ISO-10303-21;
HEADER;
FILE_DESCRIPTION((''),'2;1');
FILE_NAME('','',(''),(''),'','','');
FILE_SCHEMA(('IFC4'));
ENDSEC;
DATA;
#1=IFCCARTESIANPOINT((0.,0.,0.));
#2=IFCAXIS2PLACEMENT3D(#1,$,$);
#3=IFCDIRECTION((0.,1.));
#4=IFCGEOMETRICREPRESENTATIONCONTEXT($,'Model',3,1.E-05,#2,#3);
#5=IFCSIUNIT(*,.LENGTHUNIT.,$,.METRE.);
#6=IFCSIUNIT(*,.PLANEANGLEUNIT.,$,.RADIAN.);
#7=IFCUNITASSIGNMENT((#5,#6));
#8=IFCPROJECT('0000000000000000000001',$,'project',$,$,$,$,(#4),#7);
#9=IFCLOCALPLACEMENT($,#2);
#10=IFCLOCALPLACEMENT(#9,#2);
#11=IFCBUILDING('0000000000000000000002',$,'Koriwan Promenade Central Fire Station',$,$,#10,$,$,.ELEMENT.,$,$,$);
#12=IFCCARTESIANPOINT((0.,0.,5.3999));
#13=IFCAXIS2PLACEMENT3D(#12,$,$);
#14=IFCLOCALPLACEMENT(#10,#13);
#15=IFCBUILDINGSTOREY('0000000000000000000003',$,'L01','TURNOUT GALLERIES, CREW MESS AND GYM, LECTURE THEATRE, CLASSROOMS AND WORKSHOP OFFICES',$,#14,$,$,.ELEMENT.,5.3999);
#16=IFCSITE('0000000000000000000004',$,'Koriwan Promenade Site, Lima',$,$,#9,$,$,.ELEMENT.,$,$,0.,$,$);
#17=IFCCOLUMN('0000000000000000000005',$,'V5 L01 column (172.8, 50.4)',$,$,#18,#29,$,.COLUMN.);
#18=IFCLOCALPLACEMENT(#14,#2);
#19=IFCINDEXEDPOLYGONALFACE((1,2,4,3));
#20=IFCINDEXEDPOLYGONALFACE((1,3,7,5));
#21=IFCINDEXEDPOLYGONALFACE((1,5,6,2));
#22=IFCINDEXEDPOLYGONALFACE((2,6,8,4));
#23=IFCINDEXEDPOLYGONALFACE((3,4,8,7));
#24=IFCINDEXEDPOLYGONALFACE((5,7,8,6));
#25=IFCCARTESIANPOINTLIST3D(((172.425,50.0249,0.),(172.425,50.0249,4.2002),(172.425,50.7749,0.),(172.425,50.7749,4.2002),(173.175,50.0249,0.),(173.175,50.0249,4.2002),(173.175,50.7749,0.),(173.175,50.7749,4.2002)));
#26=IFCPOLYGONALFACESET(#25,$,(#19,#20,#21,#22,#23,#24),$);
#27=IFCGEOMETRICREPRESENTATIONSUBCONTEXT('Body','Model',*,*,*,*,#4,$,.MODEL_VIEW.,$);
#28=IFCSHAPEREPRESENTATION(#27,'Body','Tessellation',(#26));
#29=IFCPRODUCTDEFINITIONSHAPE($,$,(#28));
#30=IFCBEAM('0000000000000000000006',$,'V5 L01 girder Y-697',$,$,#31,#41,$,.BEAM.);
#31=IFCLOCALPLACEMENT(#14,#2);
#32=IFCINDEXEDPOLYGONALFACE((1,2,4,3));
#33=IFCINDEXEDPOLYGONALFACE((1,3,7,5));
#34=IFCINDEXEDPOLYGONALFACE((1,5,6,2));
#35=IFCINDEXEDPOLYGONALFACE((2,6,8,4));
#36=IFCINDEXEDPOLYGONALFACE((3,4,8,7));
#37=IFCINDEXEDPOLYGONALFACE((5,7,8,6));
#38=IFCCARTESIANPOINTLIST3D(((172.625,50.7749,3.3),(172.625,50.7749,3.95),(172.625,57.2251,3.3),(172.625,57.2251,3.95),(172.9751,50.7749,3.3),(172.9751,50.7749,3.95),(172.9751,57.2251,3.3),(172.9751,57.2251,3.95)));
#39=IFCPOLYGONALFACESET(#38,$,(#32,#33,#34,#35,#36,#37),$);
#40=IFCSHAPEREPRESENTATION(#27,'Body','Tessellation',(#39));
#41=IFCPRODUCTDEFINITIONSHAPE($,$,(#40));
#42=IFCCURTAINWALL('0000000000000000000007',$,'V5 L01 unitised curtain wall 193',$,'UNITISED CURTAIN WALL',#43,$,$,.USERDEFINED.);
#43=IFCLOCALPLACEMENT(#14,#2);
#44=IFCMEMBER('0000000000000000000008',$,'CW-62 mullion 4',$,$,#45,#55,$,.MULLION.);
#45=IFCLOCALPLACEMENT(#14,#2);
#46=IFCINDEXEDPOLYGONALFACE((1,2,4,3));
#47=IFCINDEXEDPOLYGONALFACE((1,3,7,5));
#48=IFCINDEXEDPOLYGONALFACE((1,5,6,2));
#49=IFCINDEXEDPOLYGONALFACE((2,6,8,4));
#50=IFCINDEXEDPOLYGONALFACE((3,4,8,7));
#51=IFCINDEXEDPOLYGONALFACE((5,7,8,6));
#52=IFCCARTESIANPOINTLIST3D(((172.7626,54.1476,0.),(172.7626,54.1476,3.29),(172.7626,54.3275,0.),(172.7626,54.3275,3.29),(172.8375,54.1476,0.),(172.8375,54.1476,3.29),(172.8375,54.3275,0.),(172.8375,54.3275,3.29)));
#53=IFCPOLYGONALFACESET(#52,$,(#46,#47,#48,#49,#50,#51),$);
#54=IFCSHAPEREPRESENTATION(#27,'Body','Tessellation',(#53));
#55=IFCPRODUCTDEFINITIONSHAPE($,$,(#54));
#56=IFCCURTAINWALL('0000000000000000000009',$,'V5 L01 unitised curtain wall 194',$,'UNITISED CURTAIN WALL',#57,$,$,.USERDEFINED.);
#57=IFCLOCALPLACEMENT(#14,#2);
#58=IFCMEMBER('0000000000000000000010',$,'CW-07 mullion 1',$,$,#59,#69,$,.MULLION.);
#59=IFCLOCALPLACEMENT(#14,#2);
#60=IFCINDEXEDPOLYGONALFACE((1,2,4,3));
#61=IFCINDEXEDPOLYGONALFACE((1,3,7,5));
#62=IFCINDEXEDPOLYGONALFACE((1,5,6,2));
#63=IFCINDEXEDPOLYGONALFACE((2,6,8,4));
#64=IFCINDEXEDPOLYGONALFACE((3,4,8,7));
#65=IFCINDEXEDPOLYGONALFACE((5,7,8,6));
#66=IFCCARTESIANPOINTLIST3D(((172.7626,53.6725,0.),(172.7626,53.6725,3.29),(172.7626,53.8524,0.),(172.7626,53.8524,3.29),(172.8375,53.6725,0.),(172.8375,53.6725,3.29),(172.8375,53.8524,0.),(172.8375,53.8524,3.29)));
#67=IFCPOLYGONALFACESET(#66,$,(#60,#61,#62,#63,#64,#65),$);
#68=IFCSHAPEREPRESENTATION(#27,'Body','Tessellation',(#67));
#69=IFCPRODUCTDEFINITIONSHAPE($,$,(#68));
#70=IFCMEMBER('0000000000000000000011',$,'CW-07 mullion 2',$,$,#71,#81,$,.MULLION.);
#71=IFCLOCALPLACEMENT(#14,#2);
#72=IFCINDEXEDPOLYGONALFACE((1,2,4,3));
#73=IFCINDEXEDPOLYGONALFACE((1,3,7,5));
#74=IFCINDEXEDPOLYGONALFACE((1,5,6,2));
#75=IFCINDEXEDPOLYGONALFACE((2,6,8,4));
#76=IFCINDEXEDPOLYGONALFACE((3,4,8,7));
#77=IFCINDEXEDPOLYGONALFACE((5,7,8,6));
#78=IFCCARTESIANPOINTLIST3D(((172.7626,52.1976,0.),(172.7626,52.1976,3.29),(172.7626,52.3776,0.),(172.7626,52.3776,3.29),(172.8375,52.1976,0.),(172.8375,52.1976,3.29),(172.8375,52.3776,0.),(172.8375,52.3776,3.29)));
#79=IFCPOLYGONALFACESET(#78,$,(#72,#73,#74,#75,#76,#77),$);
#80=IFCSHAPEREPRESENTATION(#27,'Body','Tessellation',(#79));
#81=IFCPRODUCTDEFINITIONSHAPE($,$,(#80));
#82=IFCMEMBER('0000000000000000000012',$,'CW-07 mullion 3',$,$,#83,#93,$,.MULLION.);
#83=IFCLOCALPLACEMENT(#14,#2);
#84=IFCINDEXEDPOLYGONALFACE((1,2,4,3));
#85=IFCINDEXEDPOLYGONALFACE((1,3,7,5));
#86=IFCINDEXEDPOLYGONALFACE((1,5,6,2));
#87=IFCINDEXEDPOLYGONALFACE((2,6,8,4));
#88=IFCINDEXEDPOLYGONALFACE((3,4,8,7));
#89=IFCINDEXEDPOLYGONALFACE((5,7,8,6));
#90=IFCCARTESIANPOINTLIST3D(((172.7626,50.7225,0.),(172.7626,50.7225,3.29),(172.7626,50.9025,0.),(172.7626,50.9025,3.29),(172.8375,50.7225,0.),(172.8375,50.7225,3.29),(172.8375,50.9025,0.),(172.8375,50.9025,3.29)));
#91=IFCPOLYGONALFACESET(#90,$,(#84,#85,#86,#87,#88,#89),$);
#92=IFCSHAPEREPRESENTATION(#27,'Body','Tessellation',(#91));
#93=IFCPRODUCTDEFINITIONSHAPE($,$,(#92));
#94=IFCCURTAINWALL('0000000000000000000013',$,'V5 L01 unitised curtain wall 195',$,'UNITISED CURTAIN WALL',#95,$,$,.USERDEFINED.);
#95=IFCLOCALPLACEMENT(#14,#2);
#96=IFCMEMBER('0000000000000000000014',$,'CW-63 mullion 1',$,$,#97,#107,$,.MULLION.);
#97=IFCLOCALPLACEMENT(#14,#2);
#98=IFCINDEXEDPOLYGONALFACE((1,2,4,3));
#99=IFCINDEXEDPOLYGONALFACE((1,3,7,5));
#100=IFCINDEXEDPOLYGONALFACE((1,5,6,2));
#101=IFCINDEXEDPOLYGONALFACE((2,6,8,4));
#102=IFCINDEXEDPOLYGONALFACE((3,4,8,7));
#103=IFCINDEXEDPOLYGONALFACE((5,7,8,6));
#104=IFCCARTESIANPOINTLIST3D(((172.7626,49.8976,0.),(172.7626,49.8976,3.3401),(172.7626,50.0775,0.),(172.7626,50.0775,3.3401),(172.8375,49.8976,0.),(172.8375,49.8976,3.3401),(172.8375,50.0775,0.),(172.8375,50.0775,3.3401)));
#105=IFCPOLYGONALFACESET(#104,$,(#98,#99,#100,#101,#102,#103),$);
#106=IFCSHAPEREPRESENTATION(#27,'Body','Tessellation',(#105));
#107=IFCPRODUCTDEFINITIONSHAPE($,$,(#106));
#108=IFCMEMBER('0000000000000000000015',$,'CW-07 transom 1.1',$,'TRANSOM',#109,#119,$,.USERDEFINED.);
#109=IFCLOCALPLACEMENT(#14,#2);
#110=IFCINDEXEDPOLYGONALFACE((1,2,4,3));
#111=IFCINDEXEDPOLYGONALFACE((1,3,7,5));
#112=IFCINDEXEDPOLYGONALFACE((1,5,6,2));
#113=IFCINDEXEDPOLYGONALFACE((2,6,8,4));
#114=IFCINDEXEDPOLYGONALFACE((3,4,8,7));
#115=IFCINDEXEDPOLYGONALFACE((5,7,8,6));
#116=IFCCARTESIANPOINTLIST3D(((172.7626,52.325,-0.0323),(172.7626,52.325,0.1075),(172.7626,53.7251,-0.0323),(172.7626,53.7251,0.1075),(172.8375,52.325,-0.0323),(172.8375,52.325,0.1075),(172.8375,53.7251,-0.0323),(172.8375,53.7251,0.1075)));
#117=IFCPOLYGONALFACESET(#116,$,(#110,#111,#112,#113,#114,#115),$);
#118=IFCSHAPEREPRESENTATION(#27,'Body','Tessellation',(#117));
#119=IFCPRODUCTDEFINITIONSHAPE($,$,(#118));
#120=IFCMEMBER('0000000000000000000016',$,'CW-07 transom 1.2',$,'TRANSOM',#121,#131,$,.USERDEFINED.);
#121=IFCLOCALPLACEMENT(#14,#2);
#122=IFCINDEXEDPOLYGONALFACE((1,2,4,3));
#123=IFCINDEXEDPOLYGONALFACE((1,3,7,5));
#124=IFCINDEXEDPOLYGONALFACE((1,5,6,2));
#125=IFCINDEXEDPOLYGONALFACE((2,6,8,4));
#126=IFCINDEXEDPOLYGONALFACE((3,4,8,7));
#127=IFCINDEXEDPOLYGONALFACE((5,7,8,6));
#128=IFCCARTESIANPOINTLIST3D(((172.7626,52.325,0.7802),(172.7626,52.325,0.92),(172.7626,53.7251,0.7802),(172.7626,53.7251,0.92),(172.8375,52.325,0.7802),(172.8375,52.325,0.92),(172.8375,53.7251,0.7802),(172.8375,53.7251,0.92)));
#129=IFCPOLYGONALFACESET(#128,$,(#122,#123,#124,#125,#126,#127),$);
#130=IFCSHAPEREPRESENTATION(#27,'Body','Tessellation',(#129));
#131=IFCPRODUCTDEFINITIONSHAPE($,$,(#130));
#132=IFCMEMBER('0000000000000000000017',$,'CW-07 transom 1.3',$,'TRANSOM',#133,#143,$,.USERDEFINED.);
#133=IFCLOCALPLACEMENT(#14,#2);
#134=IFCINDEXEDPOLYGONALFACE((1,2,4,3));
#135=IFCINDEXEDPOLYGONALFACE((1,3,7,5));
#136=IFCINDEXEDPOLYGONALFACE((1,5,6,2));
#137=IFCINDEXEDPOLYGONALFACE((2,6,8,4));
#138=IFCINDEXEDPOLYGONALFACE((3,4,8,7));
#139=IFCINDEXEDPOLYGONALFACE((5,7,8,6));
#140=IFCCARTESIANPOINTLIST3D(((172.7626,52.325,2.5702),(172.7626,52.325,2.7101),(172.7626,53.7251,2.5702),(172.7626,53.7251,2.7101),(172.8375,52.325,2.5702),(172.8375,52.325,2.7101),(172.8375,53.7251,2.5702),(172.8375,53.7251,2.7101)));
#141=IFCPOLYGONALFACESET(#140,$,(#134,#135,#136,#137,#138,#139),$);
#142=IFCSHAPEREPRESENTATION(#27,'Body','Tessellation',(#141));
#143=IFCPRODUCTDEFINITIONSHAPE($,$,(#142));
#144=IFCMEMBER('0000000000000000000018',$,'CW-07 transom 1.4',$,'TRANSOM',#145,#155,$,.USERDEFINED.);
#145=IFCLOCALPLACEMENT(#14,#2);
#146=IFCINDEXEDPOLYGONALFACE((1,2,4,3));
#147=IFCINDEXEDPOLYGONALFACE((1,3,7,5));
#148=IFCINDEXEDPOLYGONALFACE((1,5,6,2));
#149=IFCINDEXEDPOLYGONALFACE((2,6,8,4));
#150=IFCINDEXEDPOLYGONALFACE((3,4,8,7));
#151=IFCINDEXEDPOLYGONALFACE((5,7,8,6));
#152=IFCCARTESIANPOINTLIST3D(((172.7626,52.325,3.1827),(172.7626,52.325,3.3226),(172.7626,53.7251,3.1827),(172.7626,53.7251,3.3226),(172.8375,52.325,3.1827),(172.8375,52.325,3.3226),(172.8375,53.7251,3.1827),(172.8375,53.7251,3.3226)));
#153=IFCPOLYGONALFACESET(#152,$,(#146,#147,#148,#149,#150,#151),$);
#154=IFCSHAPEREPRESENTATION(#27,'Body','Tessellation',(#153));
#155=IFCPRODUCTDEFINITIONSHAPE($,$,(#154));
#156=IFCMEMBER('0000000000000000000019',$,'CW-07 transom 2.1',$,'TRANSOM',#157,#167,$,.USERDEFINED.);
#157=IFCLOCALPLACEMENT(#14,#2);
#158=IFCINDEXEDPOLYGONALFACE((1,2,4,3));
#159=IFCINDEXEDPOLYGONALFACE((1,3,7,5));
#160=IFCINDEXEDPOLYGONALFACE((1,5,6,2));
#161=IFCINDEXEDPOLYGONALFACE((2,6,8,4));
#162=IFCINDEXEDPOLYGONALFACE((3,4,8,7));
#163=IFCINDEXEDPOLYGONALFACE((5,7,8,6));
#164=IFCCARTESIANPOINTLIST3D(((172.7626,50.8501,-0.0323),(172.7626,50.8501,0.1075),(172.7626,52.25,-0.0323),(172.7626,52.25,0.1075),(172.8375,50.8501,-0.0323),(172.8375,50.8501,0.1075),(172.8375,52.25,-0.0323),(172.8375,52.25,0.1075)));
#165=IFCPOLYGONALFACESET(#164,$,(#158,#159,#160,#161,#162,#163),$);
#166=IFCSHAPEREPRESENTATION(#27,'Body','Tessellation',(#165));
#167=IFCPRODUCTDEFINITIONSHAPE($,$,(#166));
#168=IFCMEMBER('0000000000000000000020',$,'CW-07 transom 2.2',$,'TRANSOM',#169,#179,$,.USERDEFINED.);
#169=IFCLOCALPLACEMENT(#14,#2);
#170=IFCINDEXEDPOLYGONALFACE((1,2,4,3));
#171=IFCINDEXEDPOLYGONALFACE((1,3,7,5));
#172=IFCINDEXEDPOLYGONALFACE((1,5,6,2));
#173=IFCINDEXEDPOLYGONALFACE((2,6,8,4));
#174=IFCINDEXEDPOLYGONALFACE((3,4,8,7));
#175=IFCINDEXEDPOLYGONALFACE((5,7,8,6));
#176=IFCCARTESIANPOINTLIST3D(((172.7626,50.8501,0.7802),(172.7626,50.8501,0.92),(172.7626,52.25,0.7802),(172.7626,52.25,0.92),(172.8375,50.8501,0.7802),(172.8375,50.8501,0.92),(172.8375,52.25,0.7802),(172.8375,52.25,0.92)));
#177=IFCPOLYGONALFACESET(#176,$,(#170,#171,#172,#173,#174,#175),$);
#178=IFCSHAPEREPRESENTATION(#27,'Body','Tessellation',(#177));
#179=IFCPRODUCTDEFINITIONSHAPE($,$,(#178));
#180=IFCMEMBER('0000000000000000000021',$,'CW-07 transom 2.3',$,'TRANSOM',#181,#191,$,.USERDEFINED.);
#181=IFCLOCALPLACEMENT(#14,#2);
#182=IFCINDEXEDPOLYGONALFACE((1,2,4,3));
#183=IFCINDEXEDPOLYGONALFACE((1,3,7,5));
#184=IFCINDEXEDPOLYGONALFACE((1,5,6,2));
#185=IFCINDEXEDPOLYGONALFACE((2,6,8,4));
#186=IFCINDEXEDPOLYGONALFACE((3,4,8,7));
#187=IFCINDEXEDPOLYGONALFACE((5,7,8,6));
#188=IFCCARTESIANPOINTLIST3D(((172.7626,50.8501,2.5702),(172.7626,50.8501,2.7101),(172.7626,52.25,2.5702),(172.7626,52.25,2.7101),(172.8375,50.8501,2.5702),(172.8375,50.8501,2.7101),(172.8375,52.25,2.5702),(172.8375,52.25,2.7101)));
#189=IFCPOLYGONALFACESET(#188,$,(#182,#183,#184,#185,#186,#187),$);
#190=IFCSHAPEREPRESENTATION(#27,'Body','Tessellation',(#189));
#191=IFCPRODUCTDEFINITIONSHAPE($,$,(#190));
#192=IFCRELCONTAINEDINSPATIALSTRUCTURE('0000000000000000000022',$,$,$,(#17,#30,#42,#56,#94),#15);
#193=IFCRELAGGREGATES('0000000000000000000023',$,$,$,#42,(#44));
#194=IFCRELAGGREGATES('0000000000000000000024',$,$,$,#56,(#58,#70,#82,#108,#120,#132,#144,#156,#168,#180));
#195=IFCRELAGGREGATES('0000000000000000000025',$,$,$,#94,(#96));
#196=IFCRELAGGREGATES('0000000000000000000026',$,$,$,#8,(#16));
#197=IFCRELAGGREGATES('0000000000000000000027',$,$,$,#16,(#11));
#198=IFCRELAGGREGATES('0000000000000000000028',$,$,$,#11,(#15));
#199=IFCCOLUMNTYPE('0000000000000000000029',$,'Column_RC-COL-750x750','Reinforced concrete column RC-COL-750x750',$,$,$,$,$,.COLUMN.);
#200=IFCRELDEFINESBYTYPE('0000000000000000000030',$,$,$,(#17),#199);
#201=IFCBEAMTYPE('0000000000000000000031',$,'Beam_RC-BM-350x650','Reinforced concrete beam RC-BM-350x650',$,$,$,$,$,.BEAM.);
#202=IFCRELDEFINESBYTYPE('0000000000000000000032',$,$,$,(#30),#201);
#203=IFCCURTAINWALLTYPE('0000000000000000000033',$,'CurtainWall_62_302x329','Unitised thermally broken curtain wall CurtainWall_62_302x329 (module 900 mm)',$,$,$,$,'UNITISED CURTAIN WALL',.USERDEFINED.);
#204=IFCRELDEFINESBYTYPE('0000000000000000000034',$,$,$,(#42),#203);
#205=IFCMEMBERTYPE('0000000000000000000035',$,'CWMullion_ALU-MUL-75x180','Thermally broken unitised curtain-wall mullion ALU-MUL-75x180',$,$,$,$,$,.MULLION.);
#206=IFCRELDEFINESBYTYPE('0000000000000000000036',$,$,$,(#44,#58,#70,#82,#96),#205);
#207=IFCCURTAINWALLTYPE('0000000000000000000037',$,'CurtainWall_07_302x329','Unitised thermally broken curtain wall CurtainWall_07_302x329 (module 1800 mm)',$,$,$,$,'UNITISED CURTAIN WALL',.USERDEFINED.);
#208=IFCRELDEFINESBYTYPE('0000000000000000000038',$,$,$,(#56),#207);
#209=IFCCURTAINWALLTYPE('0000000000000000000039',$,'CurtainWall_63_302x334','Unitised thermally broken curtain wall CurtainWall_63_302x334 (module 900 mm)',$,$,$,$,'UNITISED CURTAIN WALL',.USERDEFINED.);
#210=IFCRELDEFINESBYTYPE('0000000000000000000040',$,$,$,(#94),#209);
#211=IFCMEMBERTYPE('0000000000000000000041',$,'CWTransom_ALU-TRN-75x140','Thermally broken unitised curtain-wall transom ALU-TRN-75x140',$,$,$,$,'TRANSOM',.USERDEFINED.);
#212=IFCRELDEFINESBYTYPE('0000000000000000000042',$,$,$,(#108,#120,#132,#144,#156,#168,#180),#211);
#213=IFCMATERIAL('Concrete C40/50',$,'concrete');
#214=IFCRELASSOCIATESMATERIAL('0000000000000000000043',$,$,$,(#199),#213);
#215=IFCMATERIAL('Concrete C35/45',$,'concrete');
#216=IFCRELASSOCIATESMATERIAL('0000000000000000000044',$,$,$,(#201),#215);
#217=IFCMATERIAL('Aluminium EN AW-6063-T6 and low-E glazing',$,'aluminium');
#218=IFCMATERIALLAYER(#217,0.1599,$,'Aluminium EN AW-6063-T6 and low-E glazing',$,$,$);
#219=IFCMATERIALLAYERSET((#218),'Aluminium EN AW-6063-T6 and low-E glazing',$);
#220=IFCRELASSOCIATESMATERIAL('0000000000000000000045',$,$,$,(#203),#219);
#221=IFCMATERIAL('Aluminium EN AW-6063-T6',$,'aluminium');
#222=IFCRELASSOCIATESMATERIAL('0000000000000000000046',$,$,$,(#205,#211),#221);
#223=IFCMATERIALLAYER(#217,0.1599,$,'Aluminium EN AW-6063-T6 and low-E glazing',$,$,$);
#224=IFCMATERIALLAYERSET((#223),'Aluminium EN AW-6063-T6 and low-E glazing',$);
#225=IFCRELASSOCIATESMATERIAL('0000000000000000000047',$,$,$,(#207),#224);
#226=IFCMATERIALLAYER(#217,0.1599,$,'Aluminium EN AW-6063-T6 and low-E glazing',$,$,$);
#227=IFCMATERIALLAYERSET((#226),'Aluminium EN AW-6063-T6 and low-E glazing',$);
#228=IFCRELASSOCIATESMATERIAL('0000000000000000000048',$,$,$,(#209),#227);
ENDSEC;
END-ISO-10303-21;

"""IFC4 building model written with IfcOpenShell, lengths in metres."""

from ifc_helpers import new_model, si_unit, direction, frame, origin, origin_2d, place, context, subcontext, project, spatial, rectangle, extrude, material, layer, layer_set, material_profile, profile_set, type_object, element, aggregate, save


model = new_model("IFC4")

# Units and contexts
model_context = context("Model", 3, precision=1e-05, world=origin(), true_north=direction((0.0, 1.0)))
body_context = subcontext(model_context, "Body", "Model", "MODEL_VIEW")
ifc_project = project(units=[si_unit("LENGTHUNIT", "METRE"), si_unit("PLANEANGLEUNIT", "RADIAN")], contexts=[model_context])

# Site, building, storey
site_placement = place(None, origin())
site = spatial("IfcSite", under=ifc_project, at=site_placement, Name="Koriwan Promenade Site, Lima", CompositionType="ELEMENT", RefElevation=0.0)
building_placement = place(site_placement, origin())
building = spatial("IfcBuilding", under=site, at=building_placement, Name="Koriwan Promenade Central Fire Station", CompositionType="ELEMENT")
storey_placement = place(building_placement, frame((0.0, 0.0, 5.3999)))
storey = spatial("IfcBuildingStorey", under=building, at=storey_placement, Name="L01", Description="TURNOUT GALLERIES, CREW MESS AND GYM, LECTURE THEATRE, CLASSROOMS AND WORKSHOP OFFICES", CompositionType="ELEMENT", Elevation=5.3999)

# Column
ifc_material_1 = material(Name="Concrete C40/50", Category="concrete")
ifc_material_profile_1 = material_profile(ifc_material_1, rectangle(XDim=0.75, YDim=0.75, at=origin_2d()), Name="RC-COL-750x750")
ifc_profile_set_1 = profile_set([ifc_material_profile_1], Name="Concrete C40/50")
column_type = type_object("IfcColumnType", Name="Column_RC-COL-750x750", Description="Reinforced concrete column RC-COL-750x750", PredefinedType="COLUMN", material=ifc_profile_set_1)
column_placement = place(storey_placement, frame((172.8, 50.3999, 0.0), z_axis=(0.0, 0.0, 1.0), x_axis=(1.0, 0.0, 0.0)))
element("IfcColumn", 1, at=column_placement, inside=storey, type_object=column_type, Name="V5 L01 column (172.8, 50.4)", PredefinedType="COLUMN", context=body_context, shape_type="SweptSolid", body=[
    extrude(rectangle(XDim=0.75, YDim=0.75, at=origin_2d()), origin(), (0.0, 0.0, 1.0), 4.2002),
])

# Beam
ifc_material_2 = material(Name="Concrete C35/45", Category="concrete")
ifc_material_profile_2 = material_profile(ifc_material_2, rectangle(XDim=0.3501, YDim=0.6499, at=origin_2d()), Name="RC-BM-350x650")
ifc_profile_set_2 = profile_set([ifc_material_profile_2], Name="Concrete C35/45")
beam_type = type_object("IfcBeamType", Name="Beam_RC-BM-350x650", Description="Reinforced concrete beam RC-BM-350x650", PredefinedType="BEAM", material=ifc_profile_set_2)
beam_placement = place(storey_placement, frame((172.8, 50.7749, 3.625), z_axis=(0.0, 1.0, 0.0), x_axis=(-1.0, 0.0, 0.0)))
element("IfcBeam", 2, at=beam_placement, inside=storey, type_object=beam_type, Name="V5 L01 girder Y-697", PredefinedType="BEAM", context=body_context, shape_type="SweptSolid", body=[
    extrude(rectangle(XDim=0.3501, YDim=0.6499, at=origin_2d()), origin(), (0.0, 0.0, 1.0), 6.4502),
])

# Curtain wall, member
ifc_material_3 = material(Name="Aluminium EN AW-6063-T6 and low-E glazing", Category="aluminium")
ifc_layer_1 = layer(ifc_material_3, 0.1599, Name="Aluminium EN AW-6063-T6 and low-E glazing")
ifc_layer_set_1 = layer_set([ifc_layer_1], Name="Aluminium EN AW-6063-T6 and low-E glazing")
curtain_wall_type_1 = type_object("IfcCurtainWallType", Name="CurtainWall_62_302x329", Description="Unitised thermally broken curtain wall CurtainWall_62_302x329 (module 900 mm)", ElementType="UNITISED CURTAIN WALL", PredefinedType="USERDEFINED", material=ifc_layer_set_1)
curtain_wall_1_placement = place(storey_placement, origin())
curtain_wall_1 = element("IfcCurtainWall", 3, at=curtain_wall_1_placement, inside=storey, type_object=curtain_wall_type_1, Name="V5 L01 unitised curtain wall 193", ObjectType="UNITISED CURTAIN WALL", PredefinedType="USERDEFINED")
ifc_material_4 = material(Name="Aluminium EN AW-6063-T6", Category="aluminium")
ifc_material_profile_3 = material_profile(ifc_material_4, rectangle(XDim=0.075, YDim=0.1799, at=origin_2d()), Name="ALU-MUL-75x180")
ifc_profile_set_3 = profile_set([ifc_material_profile_3], Name="Aluminium EN AW-6063-T6")
member_type_1 = type_object("IfcMemberType", Name="CWMullion_ALU-MUL-75x180", Description="Thermally broken unitised curtain-wall mullion ALU-MUL-75x180", PredefinedType="MULLION", material=ifc_profile_set_3)
member_1_placement = place(storey_placement, frame((172.8, 54.2375, 0.0), z_axis=(0.0, 0.0, 1.0), x_axis=(1.0, 0.0, 0.0)))
member_1 = element("IfcMember", 4, at=member_1_placement, type_object=member_type_1, Name="CW-62 mullion 4", PredefinedType="MULLION", context=body_context, shape_type="SweptSolid", body=[
    extrude(rectangle(XDim=0.075, YDim=0.1799, at=origin_2d()), origin(), (0.0, 0.0, 1.0), 3.29),
])

# Curtain wall, members
ifc_layer_2 = layer(ifc_material_3, 0.1599, Name="Aluminium EN AW-6063-T6 and low-E glazing")
ifc_layer_set_2 = layer_set([ifc_layer_2], Name="Aluminium EN AW-6063-T6 and low-E glazing")
curtain_wall_type_2 = type_object("IfcCurtainWallType", Name="CurtainWall_07_302x329", Description="Unitised thermally broken curtain wall CurtainWall_07_302x329 (module 1800 mm)", ElementType="UNITISED CURTAIN WALL", PredefinedType="USERDEFINED", material=ifc_layer_set_2)
curtain_wall_2_placement = place(storey_placement, origin())
curtain_wall_2 = element("IfcCurtainWall", 5, at=curtain_wall_2_placement, inside=storey, type_object=curtain_wall_type_2, Name="V5 L01 unitised curtain wall 194", ObjectType="UNITISED CURTAIN WALL", PredefinedType="USERDEFINED")
member_2_placement = place(storey_placement, frame((172.8, 53.7625, 0.0), z_axis=(0.0, 0.0, 1.0), x_axis=(1.0, 0.0, 0.0)))
member_2 = element("IfcMember", 6, at=member_2_placement, type_object=member_type_1, Name="CW-07 mullion 1", PredefinedType="MULLION", context=body_context, shape_type="SweptSolid", body=[
    extrude(rectangle(XDim=0.075, YDim=0.1799, at=origin_2d()), origin(), (0.0, 0.0, 1.0), 3.29),
])
member_3_placement = place(storey_placement, frame((172.8, 52.2876, 0.0), z_axis=(0.0, 0.0, 1.0), x_axis=(1.0, 0.0, 0.0)))
member_3 = element("IfcMember", 7, at=member_3_placement, type_object=member_type_1, Name="CW-07 mullion 2", PredefinedType="MULLION", context=body_context, shape_type="SweptSolid", body=[
    extrude(rectangle(XDim=0.075, YDim=0.1799, at=origin_2d()), origin(), (0.0, 0.0, 1.0), 3.29),
])
member_4_placement = place(storey_placement, frame((172.8, 50.8125, 0.0), z_axis=(0.0, 0.0, 1.0), x_axis=(1.0, 0.0, 0.0)))
member_4 = element("IfcMember", 8, at=member_4_placement, type_object=member_type_1, Name="CW-07 mullion 3", PredefinedType="MULLION", context=body_context, shape_type="SweptSolid", body=[
    extrude(rectangle(XDim=0.075, YDim=0.1799, at=origin_2d()), origin(), (0.0, 0.0, 1.0), 3.29),
])

# Curtain wall, member
ifc_layer_3 = layer(ifc_material_3, 0.1599, Name="Aluminium EN AW-6063-T6 and low-E glazing")
ifc_layer_set_3 = layer_set([ifc_layer_3], Name="Aluminium EN AW-6063-T6 and low-E glazing")
curtain_wall_type_3 = type_object("IfcCurtainWallType", Name="CurtainWall_63_302x334", Description="Unitised thermally broken curtain wall CurtainWall_63_302x334 (module 900 mm)", ElementType="UNITISED CURTAIN WALL", PredefinedType="USERDEFINED", material=ifc_layer_set_3)
curtain_wall_3_placement = place(storey_placement, origin())
curtain_wall_3 = element("IfcCurtainWall", 9, at=curtain_wall_3_placement, inside=storey, type_object=curtain_wall_type_3, Name="V5 L01 unitised curtain wall 195", ObjectType="UNITISED CURTAIN WALL", PredefinedType="USERDEFINED")
member_5_placement = place(storey_placement, frame((172.8, 49.9875, 0.0), z_axis=(0.0, 0.0, 1.0), x_axis=(1.0, 0.0, 0.0)))
member_5 = element("IfcMember", 10, at=member_5_placement, type_object=member_type_1, Name="CW-63 mullion 1", PredefinedType="MULLION", context=body_context, shape_type="SweptSolid", body=[
    extrude(rectangle(XDim=0.075, YDim=0.1799, at=origin_2d()), origin(), (0.0, 0.0, 1.0), 3.3401),
])

# Members
ifc_material_profile_4 = material_profile(ifc_material_4, rectangle(XDim=0.075, YDim=0.1399, at=origin_2d()), Name="ALU-TRN-75x140")
ifc_profile_set_4 = profile_set([ifc_material_profile_4], Name="Aluminium EN AW-6063-T6")
member_type_2 = type_object("IfcMemberType", Name="CWTransom_ALU-TRN-75x140", Description="Thermally broken unitised curtain-wall transom ALU-TRN-75x140", ElementType="TRANSOM", PredefinedType="USERDEFINED", material=ifc_profile_set_4)
member_6_placement = place(storey_placement, frame((172.8, 53.7251, 0.0376), z_axis=(0.0, -1.0, 0.0), x_axis=(1.0, 0.0, 0.0)))
member_6 = element("IfcMember", 11, at=member_6_placement, type_object=member_type_2, Name="CW-07 transom 1.1", ObjectType="TRANSOM", PredefinedType="USERDEFINED", context=body_context, shape_type="SweptSolid", body=[
    extrude(rectangle(XDim=0.075, YDim=0.1399, at=origin_2d()), origin(), (0.0, 0.0, 1.0), 1.4001),
])
member_7_placement = place(storey_placement, frame((172.8, 53.7251, 0.8501), z_axis=(0.0, -1.0, 0.0), x_axis=(1.0, 0.0, 0.0)))
member_7 = element("IfcMember", 12, at=member_7_placement, type_object=member_type_2, Name="CW-07 transom 1.2", ObjectType="TRANSOM", PredefinedType="USERDEFINED", context=body_context, shape_type="SweptSolid", body=[
    extrude(rectangle(XDim=0.075, YDim=0.1399, at=origin_2d()), origin(), (0.0, 0.0, 1.0), 1.4001),
])
member_8_placement = place(storey_placement, frame((172.8, 53.7251, 2.6401), z_axis=(0.0, -1.0, 0.0), x_axis=(1.0, 0.0, 0.0)))
member_8 = element("IfcMember", 13, at=member_8_placement, type_object=member_type_2, Name="CW-07 transom 1.3", ObjectType="TRANSOM", PredefinedType="USERDEFINED", context=body_context, shape_type="SweptSolid", body=[
    extrude(rectangle(XDim=0.075, YDim=0.1399, at=origin_2d()), origin(), (0.0, 0.0, 1.0), 1.4001),
])
member_9_placement = place(storey_placement, frame((172.8, 53.7251, 3.2527), z_axis=(0.0, -1.0, 0.0), x_axis=(1.0, 0.0, 0.0)))
member_9 = element("IfcMember", 14, at=member_9_placement, type_object=member_type_2, Name="CW-07 transom 1.4", ObjectType="TRANSOM", PredefinedType="USERDEFINED", context=body_context, shape_type="SweptSolid", body=[
    extrude(rectangle(XDim=0.075, YDim=0.1399, at=origin_2d()), origin(), (0.0, 0.0, 1.0), 1.4001),
])
member_10_placement = place(storey_placement, frame((172.8, 52.25, 0.0376), z_axis=(0.0, -1.0, 0.0), x_axis=(1.0, 0.0, 0.0)))
member_10 = element("IfcMember", 15, at=member_10_placement, type_object=member_type_2, Name="CW-07 transom 2.1", ObjectType="TRANSOM", PredefinedType="USERDEFINED", context=body_context, shape_type="SweptSolid", body=[
    extrude(rectangle(XDim=0.075, YDim=0.1399, at=origin_2d()), origin(), (0.0, 0.0, 1.0), 1.3999),
])
member_11_placement = place(storey_placement, frame((172.8, 52.25, 0.8501), z_axis=(0.0, -1.0, 0.0), x_axis=(1.0, 0.0, 0.0)))
member_11 = element("IfcMember", 16, at=member_11_placement, type_object=member_type_2, Name="CW-07 transom 2.2", ObjectType="TRANSOM", PredefinedType="USERDEFINED", context=body_context, shape_type="SweptSolid", body=[
    extrude(rectangle(XDim=0.075, YDim=0.1399, at=origin_2d()), origin(), (0.0, 0.0, 1.0), 1.3999),
])
member_12_placement = place(storey_placement, frame((172.8, 52.25, 2.6401), z_axis=(0.0, -1.0, 0.0), x_axis=(1.0, 0.0, 0.0)))
member_12 = element("IfcMember", 17, at=member_12_placement, type_object=member_type_2, Name="CW-07 transom 2.3", ObjectType="TRANSOM", PredefinedType="USERDEFINED", context=body_context, shape_type="SweptSolid", body=[
    extrude(rectangle(XDim=0.075, YDim=0.1399, at=origin_2d()), origin(), (0.0, 0.0, 1.0), 1.3999),
])

aggregate(curtain_wall_1, [member_1])
aggregate(curtain_wall_2, [member_2, member_3, member_4, member_6, member_7, member_8, member_9, member_10, member_11, member_12])
aggregate(curtain_wall_3, [member_5])

save(model, "model.ifc")
